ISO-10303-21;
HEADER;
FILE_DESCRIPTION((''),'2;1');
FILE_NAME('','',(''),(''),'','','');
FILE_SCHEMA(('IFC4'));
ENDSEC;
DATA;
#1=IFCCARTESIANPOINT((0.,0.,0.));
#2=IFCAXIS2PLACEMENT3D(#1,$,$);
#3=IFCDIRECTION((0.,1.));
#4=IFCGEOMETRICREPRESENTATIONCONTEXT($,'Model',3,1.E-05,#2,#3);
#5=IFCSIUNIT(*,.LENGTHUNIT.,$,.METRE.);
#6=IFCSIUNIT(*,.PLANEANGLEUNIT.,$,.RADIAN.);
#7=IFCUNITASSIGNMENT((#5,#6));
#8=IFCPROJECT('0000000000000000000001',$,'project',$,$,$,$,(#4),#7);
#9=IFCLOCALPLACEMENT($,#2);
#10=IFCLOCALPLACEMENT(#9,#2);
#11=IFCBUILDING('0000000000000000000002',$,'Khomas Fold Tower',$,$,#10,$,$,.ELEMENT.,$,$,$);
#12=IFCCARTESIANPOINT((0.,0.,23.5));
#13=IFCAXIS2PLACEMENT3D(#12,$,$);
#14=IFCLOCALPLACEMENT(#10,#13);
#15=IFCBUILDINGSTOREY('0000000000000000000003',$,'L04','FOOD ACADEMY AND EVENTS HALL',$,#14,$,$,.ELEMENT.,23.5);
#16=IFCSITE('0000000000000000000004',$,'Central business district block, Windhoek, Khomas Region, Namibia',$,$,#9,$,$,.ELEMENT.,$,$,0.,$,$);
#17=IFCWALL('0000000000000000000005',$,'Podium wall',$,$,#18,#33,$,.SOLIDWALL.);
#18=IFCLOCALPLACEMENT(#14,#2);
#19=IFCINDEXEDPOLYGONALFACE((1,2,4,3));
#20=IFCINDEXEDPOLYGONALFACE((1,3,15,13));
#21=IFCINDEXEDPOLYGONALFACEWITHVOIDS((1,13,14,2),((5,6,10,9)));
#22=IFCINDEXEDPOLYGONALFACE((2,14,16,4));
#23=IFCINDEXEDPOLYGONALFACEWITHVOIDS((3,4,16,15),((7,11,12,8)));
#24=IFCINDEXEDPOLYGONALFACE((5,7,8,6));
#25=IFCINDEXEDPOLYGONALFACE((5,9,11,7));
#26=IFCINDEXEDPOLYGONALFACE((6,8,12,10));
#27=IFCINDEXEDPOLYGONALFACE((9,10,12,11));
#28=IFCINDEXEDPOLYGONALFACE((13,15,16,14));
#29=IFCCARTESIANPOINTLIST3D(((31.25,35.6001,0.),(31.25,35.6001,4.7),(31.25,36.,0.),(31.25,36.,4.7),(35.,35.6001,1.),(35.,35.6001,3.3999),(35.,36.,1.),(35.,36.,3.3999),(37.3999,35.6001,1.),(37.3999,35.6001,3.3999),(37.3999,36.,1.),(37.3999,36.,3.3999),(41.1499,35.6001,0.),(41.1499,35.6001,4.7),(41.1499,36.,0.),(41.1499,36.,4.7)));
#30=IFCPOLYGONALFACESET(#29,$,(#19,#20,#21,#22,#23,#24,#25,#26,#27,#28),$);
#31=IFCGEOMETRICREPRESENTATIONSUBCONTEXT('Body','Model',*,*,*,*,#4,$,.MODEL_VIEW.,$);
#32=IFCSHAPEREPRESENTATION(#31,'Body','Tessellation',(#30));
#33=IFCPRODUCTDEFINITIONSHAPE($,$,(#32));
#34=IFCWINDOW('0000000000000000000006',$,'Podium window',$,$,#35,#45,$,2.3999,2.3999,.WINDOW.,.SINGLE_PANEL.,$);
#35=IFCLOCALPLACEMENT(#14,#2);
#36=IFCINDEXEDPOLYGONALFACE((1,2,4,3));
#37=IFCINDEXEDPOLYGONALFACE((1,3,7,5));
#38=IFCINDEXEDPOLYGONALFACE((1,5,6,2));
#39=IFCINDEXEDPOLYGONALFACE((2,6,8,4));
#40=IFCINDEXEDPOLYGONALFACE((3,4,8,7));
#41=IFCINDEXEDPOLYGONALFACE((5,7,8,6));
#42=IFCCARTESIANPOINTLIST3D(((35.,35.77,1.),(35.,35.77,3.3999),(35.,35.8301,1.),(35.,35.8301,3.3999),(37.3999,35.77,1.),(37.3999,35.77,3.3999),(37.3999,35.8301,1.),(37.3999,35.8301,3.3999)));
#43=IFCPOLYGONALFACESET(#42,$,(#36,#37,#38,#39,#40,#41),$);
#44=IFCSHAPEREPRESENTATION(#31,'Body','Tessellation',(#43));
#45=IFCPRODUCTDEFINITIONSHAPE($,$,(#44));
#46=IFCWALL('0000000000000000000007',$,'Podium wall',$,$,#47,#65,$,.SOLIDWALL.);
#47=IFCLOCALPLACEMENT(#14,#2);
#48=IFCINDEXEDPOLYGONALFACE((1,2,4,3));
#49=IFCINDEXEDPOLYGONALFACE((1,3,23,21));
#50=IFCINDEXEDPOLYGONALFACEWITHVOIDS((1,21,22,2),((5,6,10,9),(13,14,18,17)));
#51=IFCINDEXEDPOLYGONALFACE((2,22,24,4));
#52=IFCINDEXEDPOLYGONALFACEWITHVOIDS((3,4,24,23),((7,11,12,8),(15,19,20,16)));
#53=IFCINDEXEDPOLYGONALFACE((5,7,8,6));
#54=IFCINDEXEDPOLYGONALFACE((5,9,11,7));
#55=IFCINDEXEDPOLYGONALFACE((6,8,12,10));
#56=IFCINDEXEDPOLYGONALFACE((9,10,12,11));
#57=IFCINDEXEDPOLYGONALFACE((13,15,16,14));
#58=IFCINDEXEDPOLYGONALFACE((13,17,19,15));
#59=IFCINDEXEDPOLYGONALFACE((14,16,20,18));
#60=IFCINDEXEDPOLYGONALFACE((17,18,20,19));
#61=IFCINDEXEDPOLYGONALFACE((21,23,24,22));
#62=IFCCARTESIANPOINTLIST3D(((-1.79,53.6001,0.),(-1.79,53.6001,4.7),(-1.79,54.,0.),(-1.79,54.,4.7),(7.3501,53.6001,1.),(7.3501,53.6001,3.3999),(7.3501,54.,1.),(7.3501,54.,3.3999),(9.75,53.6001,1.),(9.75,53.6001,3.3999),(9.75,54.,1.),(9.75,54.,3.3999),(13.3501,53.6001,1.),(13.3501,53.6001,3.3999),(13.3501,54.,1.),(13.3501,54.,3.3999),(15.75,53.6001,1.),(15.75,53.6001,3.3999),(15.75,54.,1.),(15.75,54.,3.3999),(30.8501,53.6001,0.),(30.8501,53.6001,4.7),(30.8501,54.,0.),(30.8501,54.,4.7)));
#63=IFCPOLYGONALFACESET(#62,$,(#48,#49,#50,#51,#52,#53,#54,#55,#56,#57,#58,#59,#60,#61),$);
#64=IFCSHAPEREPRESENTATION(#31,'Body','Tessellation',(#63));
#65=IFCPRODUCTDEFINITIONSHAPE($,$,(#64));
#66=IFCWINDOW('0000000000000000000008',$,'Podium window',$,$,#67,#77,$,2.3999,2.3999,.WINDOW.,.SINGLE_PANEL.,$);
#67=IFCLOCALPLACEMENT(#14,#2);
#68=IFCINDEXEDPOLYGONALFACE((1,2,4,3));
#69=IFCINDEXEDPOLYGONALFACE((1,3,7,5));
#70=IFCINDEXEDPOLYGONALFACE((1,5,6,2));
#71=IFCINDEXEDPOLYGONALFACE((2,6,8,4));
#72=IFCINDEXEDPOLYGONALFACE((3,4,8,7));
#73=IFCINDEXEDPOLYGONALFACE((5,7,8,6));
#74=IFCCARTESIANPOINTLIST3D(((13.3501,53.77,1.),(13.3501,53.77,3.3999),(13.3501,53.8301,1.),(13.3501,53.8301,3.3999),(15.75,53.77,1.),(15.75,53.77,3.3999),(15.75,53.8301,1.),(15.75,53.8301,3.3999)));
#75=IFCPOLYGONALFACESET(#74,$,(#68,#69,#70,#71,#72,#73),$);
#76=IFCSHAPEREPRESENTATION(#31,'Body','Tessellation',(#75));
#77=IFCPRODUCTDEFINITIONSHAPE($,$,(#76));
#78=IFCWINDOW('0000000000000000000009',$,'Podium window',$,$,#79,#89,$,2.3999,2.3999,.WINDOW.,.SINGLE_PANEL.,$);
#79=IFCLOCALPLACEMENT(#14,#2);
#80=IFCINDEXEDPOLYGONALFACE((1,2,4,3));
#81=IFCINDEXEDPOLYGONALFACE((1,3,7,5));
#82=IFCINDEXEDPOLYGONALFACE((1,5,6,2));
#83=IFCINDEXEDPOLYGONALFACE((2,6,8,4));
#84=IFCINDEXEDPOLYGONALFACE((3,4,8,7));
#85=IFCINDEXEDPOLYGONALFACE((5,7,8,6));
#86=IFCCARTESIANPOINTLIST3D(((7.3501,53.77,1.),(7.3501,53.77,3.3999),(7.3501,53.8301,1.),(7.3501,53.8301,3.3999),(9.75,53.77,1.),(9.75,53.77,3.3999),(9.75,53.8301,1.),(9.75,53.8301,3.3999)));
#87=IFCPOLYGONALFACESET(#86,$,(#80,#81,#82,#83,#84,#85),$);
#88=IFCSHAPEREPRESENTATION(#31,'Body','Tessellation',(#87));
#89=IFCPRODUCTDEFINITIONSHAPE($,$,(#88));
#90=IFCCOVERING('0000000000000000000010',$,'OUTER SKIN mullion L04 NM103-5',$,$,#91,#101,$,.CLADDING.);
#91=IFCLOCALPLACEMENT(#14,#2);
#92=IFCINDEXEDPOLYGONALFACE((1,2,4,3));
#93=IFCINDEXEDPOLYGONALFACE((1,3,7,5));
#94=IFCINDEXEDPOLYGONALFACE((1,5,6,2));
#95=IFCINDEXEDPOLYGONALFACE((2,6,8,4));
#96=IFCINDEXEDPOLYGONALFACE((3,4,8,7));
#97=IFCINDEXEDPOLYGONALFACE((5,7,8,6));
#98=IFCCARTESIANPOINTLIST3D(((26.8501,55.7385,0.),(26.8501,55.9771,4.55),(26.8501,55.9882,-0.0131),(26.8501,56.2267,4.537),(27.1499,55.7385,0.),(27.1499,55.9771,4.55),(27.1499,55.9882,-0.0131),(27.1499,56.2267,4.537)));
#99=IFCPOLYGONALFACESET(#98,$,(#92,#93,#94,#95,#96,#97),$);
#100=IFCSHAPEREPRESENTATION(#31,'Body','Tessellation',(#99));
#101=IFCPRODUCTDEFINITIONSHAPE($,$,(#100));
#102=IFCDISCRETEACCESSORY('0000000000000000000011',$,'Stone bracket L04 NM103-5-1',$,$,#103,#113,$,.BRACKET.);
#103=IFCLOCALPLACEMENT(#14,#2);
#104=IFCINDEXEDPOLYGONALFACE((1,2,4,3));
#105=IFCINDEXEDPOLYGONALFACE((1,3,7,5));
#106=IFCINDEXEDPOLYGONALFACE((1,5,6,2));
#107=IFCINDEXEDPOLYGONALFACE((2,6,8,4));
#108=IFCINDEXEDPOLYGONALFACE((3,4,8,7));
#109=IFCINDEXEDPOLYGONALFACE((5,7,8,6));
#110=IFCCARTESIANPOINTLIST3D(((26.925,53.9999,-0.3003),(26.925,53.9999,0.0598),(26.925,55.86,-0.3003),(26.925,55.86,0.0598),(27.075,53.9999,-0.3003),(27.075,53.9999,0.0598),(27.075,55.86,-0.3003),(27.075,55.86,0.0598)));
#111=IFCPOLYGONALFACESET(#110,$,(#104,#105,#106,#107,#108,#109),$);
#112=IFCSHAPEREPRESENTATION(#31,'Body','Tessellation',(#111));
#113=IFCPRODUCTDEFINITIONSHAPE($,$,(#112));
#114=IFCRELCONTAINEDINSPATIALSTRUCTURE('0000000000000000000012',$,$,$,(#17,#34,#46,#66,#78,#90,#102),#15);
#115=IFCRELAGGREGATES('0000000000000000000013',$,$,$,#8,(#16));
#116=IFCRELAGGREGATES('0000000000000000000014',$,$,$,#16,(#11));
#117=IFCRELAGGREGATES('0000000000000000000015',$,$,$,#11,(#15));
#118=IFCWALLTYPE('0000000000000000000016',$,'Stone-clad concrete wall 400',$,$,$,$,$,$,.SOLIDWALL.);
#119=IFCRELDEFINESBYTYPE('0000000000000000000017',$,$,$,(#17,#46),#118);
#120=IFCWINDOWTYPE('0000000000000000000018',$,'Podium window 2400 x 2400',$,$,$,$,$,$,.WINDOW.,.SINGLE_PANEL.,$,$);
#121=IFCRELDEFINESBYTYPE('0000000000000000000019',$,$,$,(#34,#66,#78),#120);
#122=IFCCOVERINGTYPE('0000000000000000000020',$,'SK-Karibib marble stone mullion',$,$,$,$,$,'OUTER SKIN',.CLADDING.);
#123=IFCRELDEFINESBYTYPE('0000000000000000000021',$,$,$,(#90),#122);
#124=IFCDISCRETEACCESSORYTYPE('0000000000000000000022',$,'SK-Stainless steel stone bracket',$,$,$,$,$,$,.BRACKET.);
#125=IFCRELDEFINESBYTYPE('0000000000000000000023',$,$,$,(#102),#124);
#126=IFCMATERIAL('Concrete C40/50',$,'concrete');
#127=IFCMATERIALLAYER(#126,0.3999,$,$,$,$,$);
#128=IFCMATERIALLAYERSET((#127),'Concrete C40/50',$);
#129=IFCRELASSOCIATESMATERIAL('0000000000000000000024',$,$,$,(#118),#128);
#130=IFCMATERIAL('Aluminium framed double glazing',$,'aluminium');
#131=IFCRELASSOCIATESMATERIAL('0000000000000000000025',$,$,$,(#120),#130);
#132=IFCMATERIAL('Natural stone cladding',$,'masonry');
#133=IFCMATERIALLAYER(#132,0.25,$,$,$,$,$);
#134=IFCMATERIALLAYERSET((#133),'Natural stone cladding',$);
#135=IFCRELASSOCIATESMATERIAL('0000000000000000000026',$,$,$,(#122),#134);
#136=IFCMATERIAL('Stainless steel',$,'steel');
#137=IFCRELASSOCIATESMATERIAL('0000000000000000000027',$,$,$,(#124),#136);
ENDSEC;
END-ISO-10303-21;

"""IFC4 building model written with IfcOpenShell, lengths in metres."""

from ifc_helpers import new_model, si_unit, direction, frame, frame_2d, origin, origin_2d, place, context, subcontext, project, spatial, polyline, rectangle, outline, extrude, source, transform, mapped, material, layer, layer_set, type_object, element, fill, save


model = new_model("IFC4")

# Units and contexts
model_context = context("Model", 3, precision=1e-05, world=origin(), true_north=direction((0.0, 1.0)))
body_context = subcontext(model_context, "Body", "Model", "MODEL_VIEW")
ifc_project = project(units=[si_unit("LENGTHUNIT", "METRE"), si_unit("PLANEANGLEUNIT", "RADIAN")], contexts=[model_context])

# Site, building, storey
site_placement = place(None, origin())
site = spatial("IfcSite", under=ifc_project, at=site_placement, Name="Central business district block, Windhoek, Khomas Region, Namibia", CompositionType="ELEMENT", RefElevation=0.0)
building_placement = place(site_placement, origin())
building = spatial("IfcBuilding", under=site, at=building_placement, Name="Khomas Fold Tower", CompositionType="ELEMENT")
storey_placement = place(building_placement, frame((0.0, 0.0, 23.5)))
storey = spatial("IfcBuildingStorey", under=building, at=storey_placement, Name="L04", Description="FOOD ACADEMY AND EVENTS HALL", CompositionType="ELEMENT", Elevation=23.5)

# Shared definitions
ifc_material_1 = material(Name="Concrete C40/50", Category="concrete")
ifc_layer_1 = layer(ifc_material_1, 0.3999)
ifc_layer_set_1 = layer_set([ifc_layer_1], Name="Concrete C40/50")
wall_type_1 = type_object("IfcWallType", Name="Stone-clad concrete wall 400", PredefinedType="SOLIDWALL", material=ifc_layer_set_1)
shared_shape_1 = source(origin(), body_context, "Body", "SweptSolid", [
    extrude(rectangle(XDim=2.3999, YDim=2.3999, at=frame_2d((1.2, 1.2))), frame((0.0, 0.21, 0.0), z_axis=(0.0, -1.0, 0.0), x_axis=(1.0, 0.0, 0.0)), (0.0, 0.0, 1.0), 0.4199),
])
ifc_material_2 = material(Name="Aluminium framed double glazing", Category="aluminium")
window_type = type_object("IfcWindowType", Name="Podium window 2400 x 2400", PartitioningType="SINGLE_PANEL", PredefinedType="WINDOW", material=ifc_material_2)
shared_shape_2 = source(origin(), body_context, "Body", "SweptSolid", [
    extrude(rectangle(XDim=2.3999, YDim=2.3999, at=frame_2d((1.2, 1.2))), frame((0.0, 0.03, 0.0), z_axis=(0.0, -1.0, 0.0), x_axis=(1.0, 0.0, 0.0)), (0.0, 0.0, 1.0), 0.0601),
])

# Wall, opening, window
shared_shape_3 = source(origin(), body_context, "Body", "SweptSolid", [
    extrude(rectangle(XDim=9.8999, YDim=0.3999, at=frame_2d((4.95, 0.0))), origin(), (0.0, 0.0, 1.0), 4.7),
])
wall_1_placement = place(storey_placement, frame((41.1499, 35.8, 0.0), z_axis=(0.0, 0.0, 1.0), x_axis=(-1.0, 0.0, 0.0)))
wall_1 = element("IfcWall", 1, at=wall_1_placement, inside=storey, type_object=wall_type_1, Name="Podium wall", PredefinedType="SOLIDWALL", context=body_context, shape_type="MappedRepresentation", body=[
    mapped(shared_shape_3, transform((0.0, 0.0, 0.0))),
])
opening_1_placement = place(wall_1_placement, frame((3.75, 0.0, 1.0)))
opening_1 = element("IfcOpeningElement", 2, at=opening_1_placement, cuts=wall_1, PredefinedType="OPENING", context=body_context, shape_type="MappedRepresentation", body=[
    mapped(shared_shape_1, transform((0.0, 0.0, 0.0))),
])
window_1_placement = place(opening_1_placement, origin())
window_1 = element("IfcWindow", 3, at=window_1_placement, inside=storey, type_object=window_type, Name="Podium window", OverallHeight=2.3999, OverallWidth=2.3999, PartitioningType="SINGLE_PANEL", PredefinedType="WINDOW", context=body_context, shape_type="MappedRepresentation", body=[
    mapped(shared_shape_2, transform((0.0, 0.0, 0.0))),
])
fill(opening_1, window_1)

# Wall, openings, windows
shared_shape_4 = source(origin(), body_context, "Body", "SweptSolid", [
    extrude(rectangle(XDim=32.6401, YDim=0.3999, at=frame_2d((16.3201, 0.0))), origin(), (0.0, 0.0, 1.0), 4.7),
])
wall_2_placement = place(storey_placement, frame((30.8501, 53.8, 0.0), z_axis=(0.0, 0.0, 1.0), x_axis=(-1.0, 0.0, 0.0)))
wall_2 = element("IfcWall", 4, at=wall_2_placement, inside=storey, type_object=wall_type_1, Name="Podium wall", PredefinedType="SOLIDWALL", context=body_context, shape_type="MappedRepresentation", body=[
    mapped(shared_shape_4, transform((0.0, 0.0, 0.0))),
])
opening_2_placement = place(wall_2_placement, frame((15.1001, 0.0, 1.0)))
opening_2 = element("IfcOpeningElement", 5, at=opening_2_placement, cuts=wall_2, PredefinedType="OPENING", context=body_context, shape_type="MappedRepresentation", body=[
    mapped(shared_shape_1, transform((0.0, 0.0, 0.0))),
])
opening_3_placement = place(wall_2_placement, frame((21.1001, 0.0, 1.0)))
opening_3 = element("IfcOpeningElement", 6, at=opening_3_placement, cuts=wall_2, PredefinedType="OPENING", context=body_context, shape_type="MappedRepresentation", body=[
    mapped(shared_shape_1, transform((0.0, 0.0, 0.0))),
])
window_2_placement = place(opening_2_placement, origin())
window_2 = element("IfcWindow", 7, at=window_2_placement, inside=storey, type_object=window_type, Name="Podium window", OverallHeight=2.3999, OverallWidth=2.3999, PartitioningType="SINGLE_PANEL", PredefinedType="WINDOW", context=body_context, shape_type="MappedRepresentation", body=[
    mapped(shared_shape_2, transform((0.0, 0.0, 0.0))),
])
fill(opening_2, window_2)
window_3_placement = place(opening_3_placement, origin())
window_3 = element("IfcWindow", 8, at=window_3_placement, inside=storey, type_object=window_type, Name="Podium window", OverallHeight=2.3999, OverallWidth=2.3999, PartitioningType="SINGLE_PANEL", PredefinedType="WINDOW", context=body_context, shape_type="MappedRepresentation", body=[
    mapped(shared_shape_2, transform((0.0, 0.0, 0.0))),
])
fill(opening_3, window_3)

# Covering
ifc_material_3 = material(Name="Natural stone cladding", Category="masonry")
ifc_layer_2 = layer(ifc_material_3, 0.25)
ifc_layer_set_2 = layer_set([ifc_layer_2], Name="Natural stone cladding")
covering_type = type_object("IfcCoveringType", Name="SK-Karibib marble stone mullion", ElementType="OUTER SKIN", PredefinedType="CLADDING", material=ifc_layer_set_2)
covering_placement = place(storey_placement, frame((27.1499, 55.9771, 4.55), z_axis=(0.0, -0.998629, 0.052351), x_axis=(0.0, -0.052351, -0.998629)))
element("IfcCovering", 9, at=covering_placement, inside=storey, type_object=covering_type, Name="OUTER SKIN mullion L04 NM103-5", PredefinedType="CLADDING", context=body_context, shape_type="SweptSolid", body=[
    extrude(outline(polyline([(0.0, 0.0), (4.5563, 0.0), (4.5563, -0.2998), (0.0, -0.2998), (0.0, 0.0)])), origin(), (0.0, 0.0, -1.0), 0.25),
])

# Discrete accessory
ifc_material_4 = material(Name="Stainless steel", Category="steel")
discrete_accessory_type = type_object("IfcDiscreteAccessoryType", Name="SK-Stainless steel stone bracket", PredefinedType="BRACKET", material=ifc_material_4)
shared_shape_5 = source(origin(), body_context, "Body", "SweptSolid", [
    extrude(rectangle(XDim=1.8601, YDim=0.1499, at=origin_2d()), origin(), (0.0, 0.0, 1.0), 0.3601),
])
discrete_accessory_placement = place(storey_placement, frame((27.0, 54.9299, -0.3003), z_axis=(0.0, 0.0, 1.0), x_axis=(0.0, 1.0, 0.0)))
element("IfcDiscreteAccessory", 10, at=discrete_accessory_placement, inside=storey, type_object=discrete_accessory_type, Name="Stone bracket L04 NM103-5-1", PredefinedType="BRACKET", context=body_context, shape_type="MappedRepresentation", body=[
    mapped(shared_shape_5, transform((0.0, 0.0, 0.0))),
])

save(model, "model.ifc")
